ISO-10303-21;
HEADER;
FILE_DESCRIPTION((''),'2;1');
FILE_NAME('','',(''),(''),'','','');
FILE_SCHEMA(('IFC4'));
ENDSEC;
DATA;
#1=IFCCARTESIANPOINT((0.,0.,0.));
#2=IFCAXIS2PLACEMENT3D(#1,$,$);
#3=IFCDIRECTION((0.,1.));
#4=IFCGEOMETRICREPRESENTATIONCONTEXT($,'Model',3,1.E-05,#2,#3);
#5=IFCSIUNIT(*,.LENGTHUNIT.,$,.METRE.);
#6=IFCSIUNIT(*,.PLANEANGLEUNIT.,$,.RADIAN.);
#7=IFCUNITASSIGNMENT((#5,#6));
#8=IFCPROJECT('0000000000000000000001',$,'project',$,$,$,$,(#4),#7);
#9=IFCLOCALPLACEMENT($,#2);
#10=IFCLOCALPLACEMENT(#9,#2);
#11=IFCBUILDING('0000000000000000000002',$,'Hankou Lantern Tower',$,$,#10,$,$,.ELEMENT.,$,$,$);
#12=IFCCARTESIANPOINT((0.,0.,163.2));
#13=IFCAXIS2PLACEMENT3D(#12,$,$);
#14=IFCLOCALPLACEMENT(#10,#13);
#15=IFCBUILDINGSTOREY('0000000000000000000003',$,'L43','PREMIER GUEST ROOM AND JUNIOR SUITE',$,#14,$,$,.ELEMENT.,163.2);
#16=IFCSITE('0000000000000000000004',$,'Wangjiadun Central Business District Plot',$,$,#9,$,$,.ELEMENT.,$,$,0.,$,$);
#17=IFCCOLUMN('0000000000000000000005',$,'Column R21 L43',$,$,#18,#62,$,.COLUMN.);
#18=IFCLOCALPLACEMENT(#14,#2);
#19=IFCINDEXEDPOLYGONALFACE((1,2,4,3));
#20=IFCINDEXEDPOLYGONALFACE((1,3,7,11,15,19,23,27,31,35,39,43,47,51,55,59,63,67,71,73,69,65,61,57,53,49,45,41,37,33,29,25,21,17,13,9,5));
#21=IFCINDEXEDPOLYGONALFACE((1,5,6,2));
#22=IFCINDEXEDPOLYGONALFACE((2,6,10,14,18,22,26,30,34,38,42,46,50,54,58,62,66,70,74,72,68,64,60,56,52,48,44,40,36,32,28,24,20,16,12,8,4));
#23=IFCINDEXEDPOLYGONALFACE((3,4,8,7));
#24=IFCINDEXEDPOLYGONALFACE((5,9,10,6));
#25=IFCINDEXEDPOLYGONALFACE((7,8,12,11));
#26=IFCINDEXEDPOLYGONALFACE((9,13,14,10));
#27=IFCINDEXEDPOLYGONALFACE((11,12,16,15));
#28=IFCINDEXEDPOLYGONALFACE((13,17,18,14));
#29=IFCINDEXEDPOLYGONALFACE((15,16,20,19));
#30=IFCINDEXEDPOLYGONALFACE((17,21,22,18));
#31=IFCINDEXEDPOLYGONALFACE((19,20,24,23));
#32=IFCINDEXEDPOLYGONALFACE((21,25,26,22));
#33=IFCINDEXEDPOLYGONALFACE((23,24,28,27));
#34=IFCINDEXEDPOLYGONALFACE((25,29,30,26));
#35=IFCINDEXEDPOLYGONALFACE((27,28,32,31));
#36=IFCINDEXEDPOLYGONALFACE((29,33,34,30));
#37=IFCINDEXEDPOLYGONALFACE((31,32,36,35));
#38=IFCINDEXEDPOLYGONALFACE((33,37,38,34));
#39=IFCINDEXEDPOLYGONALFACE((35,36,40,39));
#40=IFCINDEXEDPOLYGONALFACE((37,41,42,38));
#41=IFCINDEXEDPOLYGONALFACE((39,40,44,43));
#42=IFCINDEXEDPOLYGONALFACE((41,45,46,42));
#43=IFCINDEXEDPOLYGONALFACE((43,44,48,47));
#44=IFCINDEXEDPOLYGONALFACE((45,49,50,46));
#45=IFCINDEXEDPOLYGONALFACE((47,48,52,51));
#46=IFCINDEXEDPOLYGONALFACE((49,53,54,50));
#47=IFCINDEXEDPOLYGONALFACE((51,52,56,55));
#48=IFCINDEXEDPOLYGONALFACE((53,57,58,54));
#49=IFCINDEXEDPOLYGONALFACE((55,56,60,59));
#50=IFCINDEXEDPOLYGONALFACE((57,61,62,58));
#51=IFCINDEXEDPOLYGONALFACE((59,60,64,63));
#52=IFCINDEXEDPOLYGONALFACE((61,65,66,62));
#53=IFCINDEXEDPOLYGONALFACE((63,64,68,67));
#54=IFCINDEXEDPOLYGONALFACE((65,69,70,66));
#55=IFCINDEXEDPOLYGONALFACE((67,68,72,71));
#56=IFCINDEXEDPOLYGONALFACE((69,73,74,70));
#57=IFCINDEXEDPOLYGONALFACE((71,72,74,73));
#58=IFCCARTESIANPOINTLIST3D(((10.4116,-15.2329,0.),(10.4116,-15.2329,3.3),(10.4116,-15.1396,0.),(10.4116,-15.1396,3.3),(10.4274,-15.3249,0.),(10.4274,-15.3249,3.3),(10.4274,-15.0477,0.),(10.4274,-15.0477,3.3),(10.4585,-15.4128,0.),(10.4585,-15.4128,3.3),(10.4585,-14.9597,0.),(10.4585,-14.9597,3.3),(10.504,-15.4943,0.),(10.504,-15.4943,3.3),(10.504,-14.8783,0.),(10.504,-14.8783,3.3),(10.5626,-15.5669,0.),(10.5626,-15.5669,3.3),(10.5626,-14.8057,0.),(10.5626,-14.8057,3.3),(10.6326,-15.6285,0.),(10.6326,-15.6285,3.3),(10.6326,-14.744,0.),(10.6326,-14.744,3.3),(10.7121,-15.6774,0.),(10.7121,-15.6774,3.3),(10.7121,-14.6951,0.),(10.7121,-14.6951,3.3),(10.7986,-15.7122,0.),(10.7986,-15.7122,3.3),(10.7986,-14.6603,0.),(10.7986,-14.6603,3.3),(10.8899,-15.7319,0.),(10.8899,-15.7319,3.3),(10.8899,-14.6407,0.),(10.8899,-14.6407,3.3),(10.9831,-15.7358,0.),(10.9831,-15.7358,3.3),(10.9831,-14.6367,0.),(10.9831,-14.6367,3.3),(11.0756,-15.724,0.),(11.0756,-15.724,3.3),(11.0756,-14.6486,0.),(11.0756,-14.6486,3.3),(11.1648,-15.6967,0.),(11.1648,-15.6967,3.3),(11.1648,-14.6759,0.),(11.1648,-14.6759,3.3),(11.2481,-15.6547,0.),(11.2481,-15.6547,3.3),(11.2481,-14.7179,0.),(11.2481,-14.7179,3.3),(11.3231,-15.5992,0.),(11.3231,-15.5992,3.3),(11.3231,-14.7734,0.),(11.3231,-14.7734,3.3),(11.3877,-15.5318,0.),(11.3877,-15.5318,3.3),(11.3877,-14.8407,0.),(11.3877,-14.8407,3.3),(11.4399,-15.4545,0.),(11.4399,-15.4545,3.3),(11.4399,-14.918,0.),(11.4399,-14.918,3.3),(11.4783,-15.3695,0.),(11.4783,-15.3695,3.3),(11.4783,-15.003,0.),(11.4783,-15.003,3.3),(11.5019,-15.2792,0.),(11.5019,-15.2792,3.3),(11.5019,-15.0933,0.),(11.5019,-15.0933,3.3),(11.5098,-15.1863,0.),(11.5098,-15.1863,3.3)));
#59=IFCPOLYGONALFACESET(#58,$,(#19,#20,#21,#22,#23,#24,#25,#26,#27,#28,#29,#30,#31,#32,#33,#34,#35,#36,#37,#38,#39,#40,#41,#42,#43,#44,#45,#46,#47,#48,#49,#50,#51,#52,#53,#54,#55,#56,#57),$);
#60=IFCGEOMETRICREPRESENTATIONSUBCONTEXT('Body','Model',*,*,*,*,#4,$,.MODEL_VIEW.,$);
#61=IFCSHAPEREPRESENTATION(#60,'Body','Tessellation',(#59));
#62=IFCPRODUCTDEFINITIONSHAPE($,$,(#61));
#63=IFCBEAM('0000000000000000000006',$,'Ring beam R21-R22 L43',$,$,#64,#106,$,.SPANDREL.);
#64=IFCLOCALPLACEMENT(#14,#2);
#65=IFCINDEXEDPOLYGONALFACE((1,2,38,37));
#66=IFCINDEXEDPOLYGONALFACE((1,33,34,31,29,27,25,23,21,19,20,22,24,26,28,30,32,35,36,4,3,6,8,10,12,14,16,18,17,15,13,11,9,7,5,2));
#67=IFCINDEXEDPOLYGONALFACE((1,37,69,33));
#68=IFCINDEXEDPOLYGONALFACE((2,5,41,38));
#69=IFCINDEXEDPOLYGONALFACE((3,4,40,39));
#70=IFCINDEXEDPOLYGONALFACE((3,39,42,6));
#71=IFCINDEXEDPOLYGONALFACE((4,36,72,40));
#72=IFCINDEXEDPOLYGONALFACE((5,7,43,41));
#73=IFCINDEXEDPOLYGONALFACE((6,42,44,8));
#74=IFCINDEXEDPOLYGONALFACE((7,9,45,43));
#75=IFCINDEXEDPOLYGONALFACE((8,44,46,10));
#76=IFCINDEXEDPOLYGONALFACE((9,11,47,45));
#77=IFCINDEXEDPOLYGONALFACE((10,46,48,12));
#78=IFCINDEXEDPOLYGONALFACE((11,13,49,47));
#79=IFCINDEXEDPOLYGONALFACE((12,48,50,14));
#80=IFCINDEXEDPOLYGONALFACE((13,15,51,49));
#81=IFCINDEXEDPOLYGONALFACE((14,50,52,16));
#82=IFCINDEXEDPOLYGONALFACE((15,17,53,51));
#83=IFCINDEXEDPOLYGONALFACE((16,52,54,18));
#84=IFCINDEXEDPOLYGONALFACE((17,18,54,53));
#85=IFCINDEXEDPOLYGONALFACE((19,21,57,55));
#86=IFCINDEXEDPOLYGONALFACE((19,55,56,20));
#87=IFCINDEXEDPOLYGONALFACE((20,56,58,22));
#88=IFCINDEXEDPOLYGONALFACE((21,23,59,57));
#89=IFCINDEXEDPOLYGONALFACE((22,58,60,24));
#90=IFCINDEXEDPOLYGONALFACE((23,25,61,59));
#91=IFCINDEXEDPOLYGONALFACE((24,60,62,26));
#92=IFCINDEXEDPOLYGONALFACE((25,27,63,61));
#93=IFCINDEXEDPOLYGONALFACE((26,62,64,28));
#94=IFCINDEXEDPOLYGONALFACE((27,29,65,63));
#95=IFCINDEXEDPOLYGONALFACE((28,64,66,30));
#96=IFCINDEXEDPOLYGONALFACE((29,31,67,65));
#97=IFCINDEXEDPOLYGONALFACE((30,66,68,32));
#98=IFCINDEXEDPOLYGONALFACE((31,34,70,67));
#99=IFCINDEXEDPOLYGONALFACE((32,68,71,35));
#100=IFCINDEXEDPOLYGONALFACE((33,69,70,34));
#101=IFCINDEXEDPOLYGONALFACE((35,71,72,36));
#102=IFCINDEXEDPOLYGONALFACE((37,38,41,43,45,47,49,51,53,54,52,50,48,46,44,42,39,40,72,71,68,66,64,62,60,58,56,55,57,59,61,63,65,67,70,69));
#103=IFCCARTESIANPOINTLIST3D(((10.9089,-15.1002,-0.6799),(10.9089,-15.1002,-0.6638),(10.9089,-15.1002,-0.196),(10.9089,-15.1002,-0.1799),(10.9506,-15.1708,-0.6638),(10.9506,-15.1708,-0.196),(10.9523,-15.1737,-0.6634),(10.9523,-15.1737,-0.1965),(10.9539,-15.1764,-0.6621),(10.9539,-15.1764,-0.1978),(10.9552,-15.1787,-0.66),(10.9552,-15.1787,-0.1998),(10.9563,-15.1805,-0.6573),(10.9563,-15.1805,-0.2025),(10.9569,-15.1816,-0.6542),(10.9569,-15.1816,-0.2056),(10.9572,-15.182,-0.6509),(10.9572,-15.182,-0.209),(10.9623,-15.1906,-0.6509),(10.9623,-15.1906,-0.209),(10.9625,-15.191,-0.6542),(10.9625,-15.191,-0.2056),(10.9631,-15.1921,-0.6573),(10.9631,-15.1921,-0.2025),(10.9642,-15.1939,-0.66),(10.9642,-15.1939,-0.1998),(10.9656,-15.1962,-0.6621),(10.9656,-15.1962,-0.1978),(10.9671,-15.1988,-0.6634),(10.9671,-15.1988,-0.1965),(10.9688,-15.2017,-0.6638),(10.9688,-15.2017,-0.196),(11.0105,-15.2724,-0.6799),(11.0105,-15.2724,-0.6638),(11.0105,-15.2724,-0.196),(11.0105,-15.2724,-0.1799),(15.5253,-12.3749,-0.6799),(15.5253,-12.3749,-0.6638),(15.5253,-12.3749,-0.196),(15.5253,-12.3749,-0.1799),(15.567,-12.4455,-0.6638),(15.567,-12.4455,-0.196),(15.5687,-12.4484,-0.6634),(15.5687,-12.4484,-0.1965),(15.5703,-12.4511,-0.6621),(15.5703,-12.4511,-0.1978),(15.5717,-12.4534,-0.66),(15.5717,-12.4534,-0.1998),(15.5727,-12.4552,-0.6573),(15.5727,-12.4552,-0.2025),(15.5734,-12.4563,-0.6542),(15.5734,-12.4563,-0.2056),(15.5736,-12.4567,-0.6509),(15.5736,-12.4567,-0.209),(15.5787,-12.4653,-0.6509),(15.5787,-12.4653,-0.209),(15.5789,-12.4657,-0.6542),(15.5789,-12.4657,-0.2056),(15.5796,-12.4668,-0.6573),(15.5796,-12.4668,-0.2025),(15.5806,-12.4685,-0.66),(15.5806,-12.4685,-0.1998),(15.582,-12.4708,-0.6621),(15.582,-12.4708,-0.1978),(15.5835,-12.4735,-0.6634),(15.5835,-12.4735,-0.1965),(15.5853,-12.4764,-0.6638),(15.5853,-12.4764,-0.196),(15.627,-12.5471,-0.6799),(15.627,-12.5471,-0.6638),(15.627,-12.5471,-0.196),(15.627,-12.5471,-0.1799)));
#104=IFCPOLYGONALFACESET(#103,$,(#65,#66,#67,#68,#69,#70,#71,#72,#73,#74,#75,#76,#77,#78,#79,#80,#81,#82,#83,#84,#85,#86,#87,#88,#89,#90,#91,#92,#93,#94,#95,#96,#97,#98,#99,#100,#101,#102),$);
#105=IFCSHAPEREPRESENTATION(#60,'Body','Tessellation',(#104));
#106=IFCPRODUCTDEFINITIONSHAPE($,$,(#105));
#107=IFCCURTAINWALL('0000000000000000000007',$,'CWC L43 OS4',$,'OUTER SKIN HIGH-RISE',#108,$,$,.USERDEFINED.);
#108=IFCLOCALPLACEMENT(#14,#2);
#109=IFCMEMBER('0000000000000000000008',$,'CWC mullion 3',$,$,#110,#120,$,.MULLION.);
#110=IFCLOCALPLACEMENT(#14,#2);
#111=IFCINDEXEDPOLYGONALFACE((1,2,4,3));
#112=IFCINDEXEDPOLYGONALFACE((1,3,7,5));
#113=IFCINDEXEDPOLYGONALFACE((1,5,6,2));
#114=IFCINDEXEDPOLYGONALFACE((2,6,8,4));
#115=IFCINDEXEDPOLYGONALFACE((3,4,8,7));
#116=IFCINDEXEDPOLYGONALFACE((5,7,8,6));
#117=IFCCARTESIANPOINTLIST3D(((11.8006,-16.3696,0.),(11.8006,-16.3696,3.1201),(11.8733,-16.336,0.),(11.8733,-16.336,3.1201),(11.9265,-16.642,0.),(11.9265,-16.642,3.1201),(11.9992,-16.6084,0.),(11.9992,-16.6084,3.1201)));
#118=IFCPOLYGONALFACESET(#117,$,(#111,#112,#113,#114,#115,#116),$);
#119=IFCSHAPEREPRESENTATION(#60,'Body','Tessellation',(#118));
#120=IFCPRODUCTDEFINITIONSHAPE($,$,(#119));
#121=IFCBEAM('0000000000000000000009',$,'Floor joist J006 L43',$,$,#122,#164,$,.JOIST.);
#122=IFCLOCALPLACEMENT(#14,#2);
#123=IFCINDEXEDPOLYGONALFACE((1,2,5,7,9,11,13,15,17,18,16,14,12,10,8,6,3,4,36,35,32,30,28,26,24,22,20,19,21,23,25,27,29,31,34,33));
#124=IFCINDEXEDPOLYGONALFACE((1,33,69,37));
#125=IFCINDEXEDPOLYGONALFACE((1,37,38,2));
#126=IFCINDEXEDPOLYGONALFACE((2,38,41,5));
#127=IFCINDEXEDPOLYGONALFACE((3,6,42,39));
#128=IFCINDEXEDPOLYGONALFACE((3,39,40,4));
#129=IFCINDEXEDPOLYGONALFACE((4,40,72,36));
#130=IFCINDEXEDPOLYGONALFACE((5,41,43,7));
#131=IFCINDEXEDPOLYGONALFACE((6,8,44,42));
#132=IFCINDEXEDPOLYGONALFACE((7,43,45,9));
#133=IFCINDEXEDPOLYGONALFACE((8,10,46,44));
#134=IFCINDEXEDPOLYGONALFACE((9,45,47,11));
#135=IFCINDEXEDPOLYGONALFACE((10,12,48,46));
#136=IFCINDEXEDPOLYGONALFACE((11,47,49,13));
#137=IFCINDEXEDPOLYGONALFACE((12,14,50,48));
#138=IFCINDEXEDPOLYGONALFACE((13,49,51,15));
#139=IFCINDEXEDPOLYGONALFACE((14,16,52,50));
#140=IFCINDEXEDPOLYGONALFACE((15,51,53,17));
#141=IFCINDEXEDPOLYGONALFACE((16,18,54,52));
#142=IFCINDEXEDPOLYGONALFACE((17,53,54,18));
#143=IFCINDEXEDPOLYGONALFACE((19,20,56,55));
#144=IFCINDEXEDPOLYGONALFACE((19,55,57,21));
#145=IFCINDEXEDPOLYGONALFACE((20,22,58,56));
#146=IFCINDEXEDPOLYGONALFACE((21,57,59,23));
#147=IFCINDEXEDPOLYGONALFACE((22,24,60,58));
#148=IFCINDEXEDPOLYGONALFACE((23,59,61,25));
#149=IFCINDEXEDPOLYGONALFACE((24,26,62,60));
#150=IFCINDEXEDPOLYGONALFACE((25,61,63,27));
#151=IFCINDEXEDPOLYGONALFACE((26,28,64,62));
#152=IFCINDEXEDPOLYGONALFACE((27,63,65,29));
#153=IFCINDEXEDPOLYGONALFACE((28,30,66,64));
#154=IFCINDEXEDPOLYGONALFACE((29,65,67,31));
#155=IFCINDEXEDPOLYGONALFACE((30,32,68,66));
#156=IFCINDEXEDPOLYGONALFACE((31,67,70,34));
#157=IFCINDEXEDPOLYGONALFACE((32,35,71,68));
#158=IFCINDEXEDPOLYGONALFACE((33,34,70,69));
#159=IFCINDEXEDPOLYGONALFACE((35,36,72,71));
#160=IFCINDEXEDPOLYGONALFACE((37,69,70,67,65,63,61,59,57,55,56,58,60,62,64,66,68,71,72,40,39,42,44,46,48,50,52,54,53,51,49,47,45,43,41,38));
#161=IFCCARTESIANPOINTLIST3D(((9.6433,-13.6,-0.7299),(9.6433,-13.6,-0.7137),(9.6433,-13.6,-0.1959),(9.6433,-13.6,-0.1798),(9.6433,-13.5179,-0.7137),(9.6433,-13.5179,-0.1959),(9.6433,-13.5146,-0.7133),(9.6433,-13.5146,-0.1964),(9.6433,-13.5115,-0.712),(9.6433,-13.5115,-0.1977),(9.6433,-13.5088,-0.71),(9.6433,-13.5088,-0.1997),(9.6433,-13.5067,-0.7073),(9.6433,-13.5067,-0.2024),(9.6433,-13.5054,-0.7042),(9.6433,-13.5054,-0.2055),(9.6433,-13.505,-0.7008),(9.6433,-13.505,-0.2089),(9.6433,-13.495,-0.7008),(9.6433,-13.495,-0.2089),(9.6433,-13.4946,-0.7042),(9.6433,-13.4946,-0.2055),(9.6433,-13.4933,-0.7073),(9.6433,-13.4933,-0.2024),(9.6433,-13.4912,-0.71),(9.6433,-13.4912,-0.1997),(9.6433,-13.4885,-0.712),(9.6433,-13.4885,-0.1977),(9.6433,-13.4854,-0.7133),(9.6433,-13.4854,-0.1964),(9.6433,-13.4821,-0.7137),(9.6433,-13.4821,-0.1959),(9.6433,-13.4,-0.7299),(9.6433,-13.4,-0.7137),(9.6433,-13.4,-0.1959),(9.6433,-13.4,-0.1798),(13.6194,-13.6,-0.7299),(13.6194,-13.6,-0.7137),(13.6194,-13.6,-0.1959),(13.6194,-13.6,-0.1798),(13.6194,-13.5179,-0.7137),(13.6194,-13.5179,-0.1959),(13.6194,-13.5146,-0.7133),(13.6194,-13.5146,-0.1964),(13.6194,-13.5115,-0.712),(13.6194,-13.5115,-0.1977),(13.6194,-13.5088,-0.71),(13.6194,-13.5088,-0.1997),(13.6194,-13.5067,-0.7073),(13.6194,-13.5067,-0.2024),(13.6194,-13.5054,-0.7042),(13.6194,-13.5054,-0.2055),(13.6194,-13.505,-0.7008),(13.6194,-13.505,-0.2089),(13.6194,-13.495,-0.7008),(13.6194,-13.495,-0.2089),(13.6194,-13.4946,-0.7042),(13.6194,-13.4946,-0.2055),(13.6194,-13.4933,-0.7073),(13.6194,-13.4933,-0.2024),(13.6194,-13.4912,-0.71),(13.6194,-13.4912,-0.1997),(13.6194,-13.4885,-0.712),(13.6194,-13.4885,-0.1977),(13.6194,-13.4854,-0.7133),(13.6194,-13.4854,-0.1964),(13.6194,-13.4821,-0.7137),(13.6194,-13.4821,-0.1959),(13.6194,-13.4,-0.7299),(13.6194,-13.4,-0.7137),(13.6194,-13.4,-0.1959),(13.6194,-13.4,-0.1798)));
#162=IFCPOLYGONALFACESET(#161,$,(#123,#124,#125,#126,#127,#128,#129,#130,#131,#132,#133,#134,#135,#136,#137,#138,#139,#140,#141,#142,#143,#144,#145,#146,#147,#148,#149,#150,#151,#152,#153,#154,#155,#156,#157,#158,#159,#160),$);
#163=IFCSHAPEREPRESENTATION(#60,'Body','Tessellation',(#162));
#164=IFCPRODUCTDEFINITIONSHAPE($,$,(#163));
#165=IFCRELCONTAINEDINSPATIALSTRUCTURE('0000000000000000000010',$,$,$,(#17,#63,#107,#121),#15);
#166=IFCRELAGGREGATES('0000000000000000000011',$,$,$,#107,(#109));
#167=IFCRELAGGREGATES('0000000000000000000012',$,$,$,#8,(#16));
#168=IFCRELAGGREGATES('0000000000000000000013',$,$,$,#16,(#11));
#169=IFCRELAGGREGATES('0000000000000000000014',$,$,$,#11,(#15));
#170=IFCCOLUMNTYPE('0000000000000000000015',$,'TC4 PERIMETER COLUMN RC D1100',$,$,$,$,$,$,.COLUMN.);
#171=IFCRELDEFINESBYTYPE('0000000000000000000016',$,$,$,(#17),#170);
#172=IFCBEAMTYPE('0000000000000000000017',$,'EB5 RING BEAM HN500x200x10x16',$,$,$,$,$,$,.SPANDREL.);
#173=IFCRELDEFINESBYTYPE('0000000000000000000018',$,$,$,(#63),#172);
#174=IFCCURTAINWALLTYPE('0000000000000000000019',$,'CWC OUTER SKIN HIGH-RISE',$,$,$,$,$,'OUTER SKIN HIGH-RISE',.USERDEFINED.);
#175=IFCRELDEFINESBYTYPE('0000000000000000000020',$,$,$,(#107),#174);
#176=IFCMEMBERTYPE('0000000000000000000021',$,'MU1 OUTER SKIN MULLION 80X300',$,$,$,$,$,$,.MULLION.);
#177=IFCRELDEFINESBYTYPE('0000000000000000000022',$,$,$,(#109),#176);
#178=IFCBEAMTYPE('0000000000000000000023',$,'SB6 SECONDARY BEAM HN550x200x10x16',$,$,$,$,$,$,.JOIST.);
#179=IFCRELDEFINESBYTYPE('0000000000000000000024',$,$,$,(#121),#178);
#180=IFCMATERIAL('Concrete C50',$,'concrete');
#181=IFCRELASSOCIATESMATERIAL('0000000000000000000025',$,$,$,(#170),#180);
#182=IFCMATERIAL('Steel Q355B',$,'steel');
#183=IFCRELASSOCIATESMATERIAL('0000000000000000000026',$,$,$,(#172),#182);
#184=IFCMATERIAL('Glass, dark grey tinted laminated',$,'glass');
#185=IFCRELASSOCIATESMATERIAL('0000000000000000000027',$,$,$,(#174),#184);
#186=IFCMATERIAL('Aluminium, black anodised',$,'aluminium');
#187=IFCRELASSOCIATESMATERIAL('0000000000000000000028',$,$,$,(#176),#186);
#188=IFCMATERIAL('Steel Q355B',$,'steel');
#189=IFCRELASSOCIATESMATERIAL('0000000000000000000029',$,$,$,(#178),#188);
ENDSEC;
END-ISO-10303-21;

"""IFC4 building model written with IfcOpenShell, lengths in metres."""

from ifc_helpers import new_model, si_unit, direction, frame, origin, origin_2d, place, context, subcontext, project, spatial, rectangle, circle, i_section, extrude, material, material_profile, profile_set, type_object, element, aggregate, save


model = new_model("IFC4")

# Units and contexts
model_context = context("Model", 3, precision=1e-05, world=origin(), true_north=direction((0.0, 1.0)))
body_context = subcontext(model_context, "Body", "Model", "MODEL_VIEW")
ifc_project = project(units=[si_unit("LENGTHUNIT", "METRE"), si_unit("PLANEANGLEUNIT", "RADIAN")], contexts=[model_context])

# Site, building, storey
site_placement = place(None, origin())
site = spatial("IfcSite", under=ifc_project, at=site_placement, Name="Wangjiadun Central Business District Plot", CompositionType="ELEMENT", RefElevation=0.0)
building_placement = place(site_placement, origin())
building = spatial("IfcBuilding", under=site, at=building_placement, Name="Hankou Lantern Tower", CompositionType="ELEMENT")
storey_placement = place(building_placement, frame((0.0, 0.0, 163.2)))
storey = spatial("IfcBuildingStorey", under=building, at=storey_placement, Name="L43", Description="PREMIER GUEST ROOM AND JUNIOR SUITE", CompositionType="ELEMENT", Elevation=163.2)

# Column
ifc_material_1 = material(Name="Concrete C50", Category="concrete")
ifc_material_profile_1 = material_profile(ifc_material_1, circle(Radius=0.55, at=origin_2d()), Name="RC D1100")
ifc_profile_set_1 = profile_set([ifc_material_profile_1], Name="Concrete C50")
column_type = type_object("IfcColumnType", Name="TC4 PERIMETER COLUMN RC D1100", PredefinedType="COLUMN", material=ifc_profile_set_1)
column_placement = place(storey_placement, frame((10.9597, -15.1863, 0.0), z_axis=(0.0, 0.0, 1.0), x_axis=(1.0, 0.0, 0.0)))
element("IfcColumn", 1, at=column_placement, inside=storey, type_object=column_type, Name="Column R21 L43", PredefinedType="COLUMN", context=body_context, shape_type="SweptSolid", body=[
    extrude(circle(Radius=0.55, at=origin_2d()), origin(), (0.0, 0.0, 1.0), 3.3),
])

# Beam
ifc_material_2 = material(Name="Steel Q355B", Category="steel")
ifc_material_profile_2 = material_profile(ifc_material_2, i_section(OverallWidth=0.2, OverallDepth=0.5, WebThickness=0.01, FlangeThickness=0.0161, FilletRadius=0.0129, at=origin_2d()), Name="HN500x200x10x16")
ifc_profile_set_2 = profile_set([ifc_material_profile_2], Name="Steel Q355B")
beam_type_1 = type_object("IfcBeamType", Name="EB5 RING BEAM HN500x200x10x16", PredefinedType="SPANDREL", material=ifc_profile_set_2)
beam_1_placement = place(storey_placement, frame((10.9597, -15.1863, -0.4299), z_axis=(0.861136, 0.508375, 0.0), x_axis=(-0.508375, 0.861136, 0.0)))
element("IfcBeam", 2, at=beam_1_placement, inside=storey, type_object=beam_type_1, Name="Ring beam R21-R22 L43", PredefinedType="SPANDREL", context=body_context, shape_type="SweptSolid", body=[
    extrude(i_section(OverallWidth=0.2, OverallDepth=0.5, WebThickness=0.01, FlangeThickness=0.0161, FilletRadius=0.0129, at=origin_2d()), origin(), (0.0, 0.0, 1.0), 5.3608),
])

# Curtain wall, member
ifc_material_3 = material(Name="Glass, dark grey tinted laminated", Category="glass")
curtain_wall_type = type_object("IfcCurtainWallType", Name="CWC OUTER SKIN HIGH-RISE", ElementType="OUTER SKIN HIGH-RISE", PredefinedType="USERDEFINED", material=ifc_material_3)
curtain_wall_placement = place(storey_placement, origin())
curtain_wall = element("IfcCurtainWall", 3, at=curtain_wall_placement, inside=storey, type_object=curtain_wall_type, Name="CWC L43 OS4", ObjectType="OUTER SKIN HIGH-RISE", PredefinedType="USERDEFINED")
ifc_material_4 = material(Name="Aluminium, black anodised", Category="aluminium")
ifc_material_profile_3 = material_profile(ifc_material_4, rectangle(XDim=0.0801, YDim=0.3, at=origin_2d()), Name="MU1 80X300")
ifc_profile_set_3 = profile_set([ifc_material_profile_3], Name="Aluminium, black anodised")
member_type_1 = type_object("IfcMemberType", Name="MU1 OUTER SKIN MULLION 80X300", PredefinedType="MULLION", material=ifc_profile_set_3)
member_1_placement = place(storey_placement, frame((11.8999, -16.489, 0.0), z_axis=(0.0, 0.0, 1.0), x_axis=(0.907841, 0.419314, 0.0)))
member_1 = element("IfcMember", 4, at=member_1_placement, type_object=member_type_1, Name="CWC mullion 3", PredefinedType="MULLION", context=body_context, shape_type="SweptSolid", body=[
    extrude(rectangle(XDim=0.0801, YDim=0.3, at=origin_2d()), origin(), (0.0, 0.0, 1.0), 3.1201),
])

# Beam
ifc_material_5 = material(Name="Steel Q355B", Category="steel")
ifc_material_profile_4 = material_profile(ifc_material_5, i_section(OverallWidth=0.2, OverallDepth=0.55, WebThickness=0.01, FlangeThickness=0.0161, FilletRadius=0.0129, at=origin_2d()), Name="HN550x200x10x16")
ifc_profile_set_4 = profile_set([ifc_material_profile_4], Name="Steel Q355B")
beam_type_2 = type_object("IfcBeamType", Name="SB6 SECONDARY BEAM HN550x200x10x16", PredefinedType="JOIST", material=ifc_profile_set_4)
beam_2_placement = place(storey_placement, frame((9.6433, -13.5, -0.4548), z_axis=(1.0, 0.0, 0.0), x_axis=(0.0, 1.0, 0.0)))
element("IfcBeam", 5, at=beam_2_placement, inside=storey, type_object=beam_type_2, Name="Floor joist J006 L43", PredefinedType="JOIST", context=body_context, shape_type="SweptSolid", body=[
    extrude(i_section(OverallWidth=0.2, OverallDepth=0.55, WebThickness=0.01, FlangeThickness=0.0161, FilletRadius=0.0129, at=origin_2d()), origin(), (0.0, 0.0, 1.0), 3.9761),
])

aggregate(curtain_wall, [member_1])

save(model, "model.ifc")
